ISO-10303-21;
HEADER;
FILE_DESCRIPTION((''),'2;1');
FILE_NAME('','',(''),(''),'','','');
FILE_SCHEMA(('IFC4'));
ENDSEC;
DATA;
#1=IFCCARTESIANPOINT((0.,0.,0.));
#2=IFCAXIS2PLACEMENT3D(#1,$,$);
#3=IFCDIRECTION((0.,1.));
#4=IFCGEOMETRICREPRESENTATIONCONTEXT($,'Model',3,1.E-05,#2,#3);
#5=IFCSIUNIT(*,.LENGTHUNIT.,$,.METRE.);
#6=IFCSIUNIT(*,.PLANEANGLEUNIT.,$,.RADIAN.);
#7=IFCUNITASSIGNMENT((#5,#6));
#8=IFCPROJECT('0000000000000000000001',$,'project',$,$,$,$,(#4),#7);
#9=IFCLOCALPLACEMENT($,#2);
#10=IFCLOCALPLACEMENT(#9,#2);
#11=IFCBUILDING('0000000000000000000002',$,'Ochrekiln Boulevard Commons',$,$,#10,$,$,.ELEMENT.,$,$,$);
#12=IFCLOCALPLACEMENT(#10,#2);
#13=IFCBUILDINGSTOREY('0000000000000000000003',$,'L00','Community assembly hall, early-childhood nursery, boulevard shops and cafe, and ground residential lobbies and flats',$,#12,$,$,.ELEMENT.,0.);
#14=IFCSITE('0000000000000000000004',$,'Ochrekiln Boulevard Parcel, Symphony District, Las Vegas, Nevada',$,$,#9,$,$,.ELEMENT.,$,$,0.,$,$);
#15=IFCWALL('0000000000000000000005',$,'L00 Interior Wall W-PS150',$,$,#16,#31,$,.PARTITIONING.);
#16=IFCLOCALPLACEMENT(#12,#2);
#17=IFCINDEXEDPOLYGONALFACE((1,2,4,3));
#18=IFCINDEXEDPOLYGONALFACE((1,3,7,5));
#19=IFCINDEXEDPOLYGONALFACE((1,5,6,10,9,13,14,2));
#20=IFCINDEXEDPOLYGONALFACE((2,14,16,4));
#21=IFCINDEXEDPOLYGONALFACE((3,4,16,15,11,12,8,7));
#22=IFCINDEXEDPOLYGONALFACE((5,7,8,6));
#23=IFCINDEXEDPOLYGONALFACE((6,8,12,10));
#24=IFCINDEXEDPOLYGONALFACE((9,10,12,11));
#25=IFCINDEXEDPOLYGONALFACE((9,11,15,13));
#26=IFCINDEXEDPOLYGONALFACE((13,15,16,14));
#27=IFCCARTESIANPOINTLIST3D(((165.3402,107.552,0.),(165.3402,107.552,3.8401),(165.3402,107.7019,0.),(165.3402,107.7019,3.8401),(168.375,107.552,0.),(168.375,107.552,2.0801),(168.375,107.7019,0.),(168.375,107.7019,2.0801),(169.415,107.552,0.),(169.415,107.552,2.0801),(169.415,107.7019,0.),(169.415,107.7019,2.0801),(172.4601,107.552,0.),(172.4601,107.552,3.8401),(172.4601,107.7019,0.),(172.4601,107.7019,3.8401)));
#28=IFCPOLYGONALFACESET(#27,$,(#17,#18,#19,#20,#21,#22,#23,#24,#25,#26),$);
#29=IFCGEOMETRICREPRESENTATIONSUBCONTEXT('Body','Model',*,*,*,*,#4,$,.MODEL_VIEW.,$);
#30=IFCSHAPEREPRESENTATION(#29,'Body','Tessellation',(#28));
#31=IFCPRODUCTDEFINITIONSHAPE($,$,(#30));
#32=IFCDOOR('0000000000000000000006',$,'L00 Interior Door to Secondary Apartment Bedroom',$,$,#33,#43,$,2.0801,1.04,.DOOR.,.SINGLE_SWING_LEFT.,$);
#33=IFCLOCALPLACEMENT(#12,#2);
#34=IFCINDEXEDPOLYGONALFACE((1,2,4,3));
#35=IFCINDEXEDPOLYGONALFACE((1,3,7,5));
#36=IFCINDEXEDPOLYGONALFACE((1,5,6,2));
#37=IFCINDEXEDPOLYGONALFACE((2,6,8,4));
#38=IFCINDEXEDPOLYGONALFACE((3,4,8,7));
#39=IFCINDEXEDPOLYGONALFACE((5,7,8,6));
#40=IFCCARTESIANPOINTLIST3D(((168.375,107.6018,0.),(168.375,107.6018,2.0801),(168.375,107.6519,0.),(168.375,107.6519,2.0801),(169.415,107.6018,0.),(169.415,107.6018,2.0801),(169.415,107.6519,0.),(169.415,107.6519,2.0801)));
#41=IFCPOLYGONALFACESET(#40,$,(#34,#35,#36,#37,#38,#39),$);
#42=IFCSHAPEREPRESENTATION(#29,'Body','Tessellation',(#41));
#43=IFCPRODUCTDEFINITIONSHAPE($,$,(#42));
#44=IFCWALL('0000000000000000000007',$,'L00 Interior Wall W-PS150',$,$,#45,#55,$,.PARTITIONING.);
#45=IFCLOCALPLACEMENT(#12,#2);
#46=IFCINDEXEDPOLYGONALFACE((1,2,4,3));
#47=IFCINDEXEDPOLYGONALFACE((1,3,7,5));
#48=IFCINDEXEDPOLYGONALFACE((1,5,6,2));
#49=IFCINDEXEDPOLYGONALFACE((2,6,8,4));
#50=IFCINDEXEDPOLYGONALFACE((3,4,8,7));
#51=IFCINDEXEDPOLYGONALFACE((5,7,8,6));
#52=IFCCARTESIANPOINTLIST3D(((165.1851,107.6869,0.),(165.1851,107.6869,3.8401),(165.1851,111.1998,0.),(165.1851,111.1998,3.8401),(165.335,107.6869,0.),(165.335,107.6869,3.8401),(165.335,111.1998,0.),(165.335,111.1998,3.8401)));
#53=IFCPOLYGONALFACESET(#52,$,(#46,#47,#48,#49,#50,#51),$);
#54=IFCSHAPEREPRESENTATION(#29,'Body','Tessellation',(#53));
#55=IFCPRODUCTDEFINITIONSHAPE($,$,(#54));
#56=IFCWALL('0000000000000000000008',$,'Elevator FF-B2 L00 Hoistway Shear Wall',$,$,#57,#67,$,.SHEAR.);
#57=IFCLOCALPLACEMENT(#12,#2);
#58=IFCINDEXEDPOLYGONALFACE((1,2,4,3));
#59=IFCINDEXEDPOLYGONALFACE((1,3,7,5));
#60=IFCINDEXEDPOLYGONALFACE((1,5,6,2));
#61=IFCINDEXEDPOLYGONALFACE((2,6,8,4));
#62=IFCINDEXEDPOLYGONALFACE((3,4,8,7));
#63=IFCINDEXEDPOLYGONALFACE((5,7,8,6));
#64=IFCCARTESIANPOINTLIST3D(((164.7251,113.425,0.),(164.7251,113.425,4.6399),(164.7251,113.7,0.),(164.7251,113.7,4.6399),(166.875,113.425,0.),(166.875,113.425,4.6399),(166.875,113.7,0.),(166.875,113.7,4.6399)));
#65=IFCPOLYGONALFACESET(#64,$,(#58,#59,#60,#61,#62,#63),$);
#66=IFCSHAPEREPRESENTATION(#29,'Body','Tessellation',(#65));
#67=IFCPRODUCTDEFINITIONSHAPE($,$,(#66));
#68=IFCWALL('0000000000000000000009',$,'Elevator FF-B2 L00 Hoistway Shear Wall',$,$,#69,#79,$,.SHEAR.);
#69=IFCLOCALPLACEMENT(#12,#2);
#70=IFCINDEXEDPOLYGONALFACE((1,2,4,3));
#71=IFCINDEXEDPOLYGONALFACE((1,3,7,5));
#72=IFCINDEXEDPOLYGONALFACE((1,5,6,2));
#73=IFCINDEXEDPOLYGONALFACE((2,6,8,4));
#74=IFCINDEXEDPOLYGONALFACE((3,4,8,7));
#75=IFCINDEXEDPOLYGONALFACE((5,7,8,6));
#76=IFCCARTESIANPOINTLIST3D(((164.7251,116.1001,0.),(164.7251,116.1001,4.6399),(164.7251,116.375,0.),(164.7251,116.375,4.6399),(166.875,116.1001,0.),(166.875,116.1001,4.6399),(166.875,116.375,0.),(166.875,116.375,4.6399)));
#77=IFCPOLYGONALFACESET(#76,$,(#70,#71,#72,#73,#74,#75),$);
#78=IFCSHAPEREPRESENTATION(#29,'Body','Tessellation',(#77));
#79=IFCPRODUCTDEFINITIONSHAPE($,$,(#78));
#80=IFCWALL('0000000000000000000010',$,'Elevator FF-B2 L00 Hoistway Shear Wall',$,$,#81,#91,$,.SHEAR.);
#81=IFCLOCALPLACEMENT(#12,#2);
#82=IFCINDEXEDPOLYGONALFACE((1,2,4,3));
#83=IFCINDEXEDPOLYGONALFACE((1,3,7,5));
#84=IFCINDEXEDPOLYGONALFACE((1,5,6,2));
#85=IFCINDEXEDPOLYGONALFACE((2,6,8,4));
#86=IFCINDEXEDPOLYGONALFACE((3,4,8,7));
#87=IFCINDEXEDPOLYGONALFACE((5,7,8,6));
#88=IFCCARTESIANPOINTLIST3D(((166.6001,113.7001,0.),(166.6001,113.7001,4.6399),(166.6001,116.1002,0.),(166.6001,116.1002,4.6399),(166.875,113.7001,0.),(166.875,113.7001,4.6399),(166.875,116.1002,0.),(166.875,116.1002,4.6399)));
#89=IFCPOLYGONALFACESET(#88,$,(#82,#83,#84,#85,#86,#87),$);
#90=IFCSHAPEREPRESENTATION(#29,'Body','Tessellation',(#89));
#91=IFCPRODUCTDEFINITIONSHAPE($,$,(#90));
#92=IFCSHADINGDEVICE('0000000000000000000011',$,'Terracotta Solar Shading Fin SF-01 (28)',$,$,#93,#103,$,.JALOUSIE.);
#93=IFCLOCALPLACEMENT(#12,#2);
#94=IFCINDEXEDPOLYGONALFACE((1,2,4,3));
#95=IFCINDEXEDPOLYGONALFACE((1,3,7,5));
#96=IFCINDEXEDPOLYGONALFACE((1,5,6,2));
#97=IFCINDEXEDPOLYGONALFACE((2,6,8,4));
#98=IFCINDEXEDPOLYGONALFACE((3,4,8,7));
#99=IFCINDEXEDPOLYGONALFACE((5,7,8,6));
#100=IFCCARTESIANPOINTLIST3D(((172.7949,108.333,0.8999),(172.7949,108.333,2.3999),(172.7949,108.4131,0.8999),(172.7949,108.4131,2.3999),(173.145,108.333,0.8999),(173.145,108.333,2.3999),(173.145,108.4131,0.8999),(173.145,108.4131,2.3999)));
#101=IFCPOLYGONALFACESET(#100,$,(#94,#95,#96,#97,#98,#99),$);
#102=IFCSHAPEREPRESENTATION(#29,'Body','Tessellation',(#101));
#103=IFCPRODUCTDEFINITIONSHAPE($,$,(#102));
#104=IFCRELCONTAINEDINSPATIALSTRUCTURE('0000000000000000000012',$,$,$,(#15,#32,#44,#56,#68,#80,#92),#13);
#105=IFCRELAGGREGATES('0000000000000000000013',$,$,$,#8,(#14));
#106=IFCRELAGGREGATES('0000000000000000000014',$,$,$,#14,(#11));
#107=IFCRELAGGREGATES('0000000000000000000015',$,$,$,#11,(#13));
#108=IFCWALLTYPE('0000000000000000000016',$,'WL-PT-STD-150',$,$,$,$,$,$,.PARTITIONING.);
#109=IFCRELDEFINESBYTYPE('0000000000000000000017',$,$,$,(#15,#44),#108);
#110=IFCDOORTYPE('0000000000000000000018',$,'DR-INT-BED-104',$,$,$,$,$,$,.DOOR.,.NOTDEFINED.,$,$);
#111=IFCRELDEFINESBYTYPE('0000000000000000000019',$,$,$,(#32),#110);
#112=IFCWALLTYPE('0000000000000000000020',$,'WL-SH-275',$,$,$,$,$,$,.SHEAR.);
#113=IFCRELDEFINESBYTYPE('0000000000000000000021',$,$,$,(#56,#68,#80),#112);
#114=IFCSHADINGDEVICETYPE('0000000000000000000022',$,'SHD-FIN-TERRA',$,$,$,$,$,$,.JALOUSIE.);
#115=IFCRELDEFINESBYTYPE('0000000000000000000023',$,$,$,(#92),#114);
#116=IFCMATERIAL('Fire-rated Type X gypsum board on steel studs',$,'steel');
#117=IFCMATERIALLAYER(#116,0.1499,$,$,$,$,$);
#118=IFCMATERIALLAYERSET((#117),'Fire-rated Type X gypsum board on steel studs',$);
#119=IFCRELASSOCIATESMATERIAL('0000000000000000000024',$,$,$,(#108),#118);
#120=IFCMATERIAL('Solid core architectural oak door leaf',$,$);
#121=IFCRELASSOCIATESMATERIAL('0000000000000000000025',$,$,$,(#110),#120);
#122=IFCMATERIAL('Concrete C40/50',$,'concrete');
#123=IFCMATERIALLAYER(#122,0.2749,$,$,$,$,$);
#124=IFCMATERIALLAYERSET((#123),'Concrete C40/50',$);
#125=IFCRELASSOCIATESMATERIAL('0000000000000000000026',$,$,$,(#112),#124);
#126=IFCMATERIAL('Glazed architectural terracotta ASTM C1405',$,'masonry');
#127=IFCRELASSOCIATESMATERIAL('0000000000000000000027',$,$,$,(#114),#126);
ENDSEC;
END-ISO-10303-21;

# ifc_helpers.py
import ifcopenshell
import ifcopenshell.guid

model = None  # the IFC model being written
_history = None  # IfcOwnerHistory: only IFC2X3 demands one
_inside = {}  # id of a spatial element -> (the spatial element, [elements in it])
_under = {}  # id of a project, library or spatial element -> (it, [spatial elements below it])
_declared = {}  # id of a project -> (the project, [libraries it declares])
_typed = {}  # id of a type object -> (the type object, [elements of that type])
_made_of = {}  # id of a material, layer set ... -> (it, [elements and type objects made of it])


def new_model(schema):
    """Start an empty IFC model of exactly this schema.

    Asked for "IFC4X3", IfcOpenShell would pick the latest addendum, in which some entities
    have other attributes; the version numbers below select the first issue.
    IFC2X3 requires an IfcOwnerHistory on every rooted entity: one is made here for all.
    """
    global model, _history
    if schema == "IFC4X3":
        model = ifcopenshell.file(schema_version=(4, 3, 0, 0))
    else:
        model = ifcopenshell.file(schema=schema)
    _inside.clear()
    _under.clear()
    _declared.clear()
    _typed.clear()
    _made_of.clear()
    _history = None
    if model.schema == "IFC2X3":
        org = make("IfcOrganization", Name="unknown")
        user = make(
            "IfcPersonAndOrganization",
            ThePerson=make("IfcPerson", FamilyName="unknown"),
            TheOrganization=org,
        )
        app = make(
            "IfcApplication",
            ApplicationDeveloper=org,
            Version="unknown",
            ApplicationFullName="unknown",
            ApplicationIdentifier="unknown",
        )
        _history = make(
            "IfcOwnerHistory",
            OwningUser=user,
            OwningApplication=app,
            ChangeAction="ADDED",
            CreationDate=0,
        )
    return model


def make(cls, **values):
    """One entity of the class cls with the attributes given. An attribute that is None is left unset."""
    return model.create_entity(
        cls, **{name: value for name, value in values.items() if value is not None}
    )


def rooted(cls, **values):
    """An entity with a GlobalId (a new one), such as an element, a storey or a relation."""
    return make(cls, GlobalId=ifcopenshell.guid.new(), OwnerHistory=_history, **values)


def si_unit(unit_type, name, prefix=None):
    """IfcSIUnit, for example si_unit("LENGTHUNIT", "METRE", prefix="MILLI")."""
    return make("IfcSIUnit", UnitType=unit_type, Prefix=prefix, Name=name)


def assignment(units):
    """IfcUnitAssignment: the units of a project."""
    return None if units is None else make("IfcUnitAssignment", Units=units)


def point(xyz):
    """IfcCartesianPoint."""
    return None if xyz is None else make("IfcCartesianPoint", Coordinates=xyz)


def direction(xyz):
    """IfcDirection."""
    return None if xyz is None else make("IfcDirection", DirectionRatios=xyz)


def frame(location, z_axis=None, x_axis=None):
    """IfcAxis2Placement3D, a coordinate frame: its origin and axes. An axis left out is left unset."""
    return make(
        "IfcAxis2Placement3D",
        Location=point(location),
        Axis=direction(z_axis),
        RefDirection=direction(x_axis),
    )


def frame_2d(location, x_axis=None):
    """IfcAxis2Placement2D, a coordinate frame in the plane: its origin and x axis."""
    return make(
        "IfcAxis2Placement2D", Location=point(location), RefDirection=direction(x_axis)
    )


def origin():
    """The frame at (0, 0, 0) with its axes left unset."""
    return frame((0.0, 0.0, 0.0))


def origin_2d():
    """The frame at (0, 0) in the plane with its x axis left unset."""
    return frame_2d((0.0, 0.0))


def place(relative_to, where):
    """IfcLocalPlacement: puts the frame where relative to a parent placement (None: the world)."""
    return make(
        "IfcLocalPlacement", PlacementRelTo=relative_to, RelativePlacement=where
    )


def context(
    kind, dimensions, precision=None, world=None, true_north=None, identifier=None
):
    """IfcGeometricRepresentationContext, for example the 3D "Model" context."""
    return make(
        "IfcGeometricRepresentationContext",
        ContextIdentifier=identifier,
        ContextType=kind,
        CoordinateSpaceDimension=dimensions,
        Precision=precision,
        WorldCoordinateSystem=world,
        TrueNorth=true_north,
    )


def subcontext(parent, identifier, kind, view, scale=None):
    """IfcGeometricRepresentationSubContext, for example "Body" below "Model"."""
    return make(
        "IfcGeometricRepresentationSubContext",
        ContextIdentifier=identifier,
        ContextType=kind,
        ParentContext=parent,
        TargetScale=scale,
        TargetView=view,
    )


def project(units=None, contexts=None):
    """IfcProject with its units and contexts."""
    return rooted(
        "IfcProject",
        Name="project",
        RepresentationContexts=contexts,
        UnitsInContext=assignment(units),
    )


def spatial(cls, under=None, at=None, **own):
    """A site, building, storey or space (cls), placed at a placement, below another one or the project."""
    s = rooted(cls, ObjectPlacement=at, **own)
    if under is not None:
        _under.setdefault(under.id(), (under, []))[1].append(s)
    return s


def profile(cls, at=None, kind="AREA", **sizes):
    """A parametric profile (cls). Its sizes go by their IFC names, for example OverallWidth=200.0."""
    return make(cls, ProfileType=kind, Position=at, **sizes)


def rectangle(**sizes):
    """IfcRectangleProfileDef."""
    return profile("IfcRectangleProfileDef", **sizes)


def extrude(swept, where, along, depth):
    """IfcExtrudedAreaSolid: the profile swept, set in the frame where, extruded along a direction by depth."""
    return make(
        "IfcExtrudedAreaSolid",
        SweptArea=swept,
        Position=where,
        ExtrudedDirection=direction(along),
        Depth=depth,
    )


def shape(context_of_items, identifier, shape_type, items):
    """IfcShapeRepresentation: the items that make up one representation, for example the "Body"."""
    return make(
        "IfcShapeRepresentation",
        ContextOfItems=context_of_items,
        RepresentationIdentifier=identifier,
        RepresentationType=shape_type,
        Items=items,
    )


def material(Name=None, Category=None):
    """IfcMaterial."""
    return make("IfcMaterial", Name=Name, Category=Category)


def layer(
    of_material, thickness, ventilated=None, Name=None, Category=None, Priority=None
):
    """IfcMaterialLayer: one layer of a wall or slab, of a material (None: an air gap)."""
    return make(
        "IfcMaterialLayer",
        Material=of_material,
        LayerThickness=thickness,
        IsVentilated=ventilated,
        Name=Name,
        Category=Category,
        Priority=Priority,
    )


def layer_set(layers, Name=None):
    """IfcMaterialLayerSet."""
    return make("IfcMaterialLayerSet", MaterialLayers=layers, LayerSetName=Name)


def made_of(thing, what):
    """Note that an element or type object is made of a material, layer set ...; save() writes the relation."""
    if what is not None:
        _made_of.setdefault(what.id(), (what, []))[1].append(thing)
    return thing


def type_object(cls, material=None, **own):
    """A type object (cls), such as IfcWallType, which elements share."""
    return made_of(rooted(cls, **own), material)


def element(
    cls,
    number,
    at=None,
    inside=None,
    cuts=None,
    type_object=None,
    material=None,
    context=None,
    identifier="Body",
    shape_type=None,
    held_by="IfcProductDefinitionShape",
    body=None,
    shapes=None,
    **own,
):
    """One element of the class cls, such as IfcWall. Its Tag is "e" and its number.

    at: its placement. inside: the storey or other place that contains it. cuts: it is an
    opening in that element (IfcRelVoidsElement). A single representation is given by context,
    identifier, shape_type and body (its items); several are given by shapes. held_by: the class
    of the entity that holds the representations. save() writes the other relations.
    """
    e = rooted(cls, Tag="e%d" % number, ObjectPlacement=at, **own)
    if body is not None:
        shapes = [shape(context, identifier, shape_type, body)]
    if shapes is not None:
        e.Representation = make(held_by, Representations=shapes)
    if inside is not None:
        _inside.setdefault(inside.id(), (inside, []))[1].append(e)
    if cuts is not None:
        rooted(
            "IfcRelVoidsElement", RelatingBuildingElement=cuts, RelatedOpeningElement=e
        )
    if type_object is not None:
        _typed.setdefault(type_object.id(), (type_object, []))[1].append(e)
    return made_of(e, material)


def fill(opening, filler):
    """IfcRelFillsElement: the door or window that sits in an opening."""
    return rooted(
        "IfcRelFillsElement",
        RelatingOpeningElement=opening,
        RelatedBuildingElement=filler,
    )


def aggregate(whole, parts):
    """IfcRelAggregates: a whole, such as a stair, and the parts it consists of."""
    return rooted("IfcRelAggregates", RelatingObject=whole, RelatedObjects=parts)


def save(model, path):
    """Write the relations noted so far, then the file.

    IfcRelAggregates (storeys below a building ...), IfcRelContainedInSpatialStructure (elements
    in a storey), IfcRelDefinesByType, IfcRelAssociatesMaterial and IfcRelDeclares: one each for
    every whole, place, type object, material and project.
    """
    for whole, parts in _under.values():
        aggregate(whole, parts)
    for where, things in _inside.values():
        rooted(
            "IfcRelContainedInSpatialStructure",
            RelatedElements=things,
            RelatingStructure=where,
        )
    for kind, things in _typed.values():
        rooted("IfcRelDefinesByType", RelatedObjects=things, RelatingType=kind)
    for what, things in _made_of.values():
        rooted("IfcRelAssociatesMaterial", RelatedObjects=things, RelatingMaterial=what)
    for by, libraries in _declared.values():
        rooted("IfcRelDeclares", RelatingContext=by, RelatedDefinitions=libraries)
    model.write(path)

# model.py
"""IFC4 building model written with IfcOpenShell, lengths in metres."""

from ifc_helpers import new_model, si_unit, direction, frame, frame_2d, origin, origin_2d, place, context, subcontext, project, spatial, rectangle, extrude, material, layer, layer_set, type_object, element, fill, save


model = new_model("IFC4")

# Units and contexts
model_context = context("Model", 3, precision=1e-05, world=origin(), true_north=direction((0.0, 1.0)))
body_context = subcontext(model_context, "Body", "Model", "MODEL_VIEW")
ifc_project = project(units=[si_unit("LENGTHUNIT", "METRE"), si_unit("PLANEANGLEUNIT", "RADIAN")], contexts=[model_context])

# Site, building, storey
site_placement = place(None, origin())
site = spatial("IfcSite", under=ifc_project, at=site_placement, Name="Ochrekiln Boulevard Parcel, Symphony District, Las Vegas, Nevada", CompositionType="ELEMENT", RefElevation=0.0)
building_placement = place(site_placement, origin())
building = spatial("IfcBuilding", under=site, at=building_placement, Name="Ochrekiln Boulevard Commons", CompositionType="ELEMENT")
storey_placement = place(building_placement, origin())
storey = spatial("IfcBuildingStorey", under=building, at=storey_placement, Name="L00", Description="Community assembly hall, early-childhood nursery, boulevard shops and cafe, and ground residential lobbies and flats", CompositionType="ELEMENT", Elevation=0.0)

# Shared definitions
ifc_material_1 = material(Name="Concrete C40/50", Category="concrete")

# Shared definitions
ifc_material_2 = material(Name="Fire-rated Type X gypsum board on steel studs", Category="steel")

# Wall, opening, door
ifc_material_3 = material(Name="Solid core architectural oak door leaf")
ifc_layer_1 = layer(ifc_material_2, 0.1499)
ifc_layer_set_1 = layer_set([ifc_layer_1], Name="Fire-rated Type X gypsum board on steel studs")
wall_type_1 = type_object("IfcWallType", Name="WL-PT-STD-150", PredefinedType="PARTITIONING", material=ifc_layer_set_1)
wall_1_placement = place(storey_placement, frame((165.3401, 107.627, 0.0), z_axis=(0.0, 0.0, 1.0), x_axis=(1.0, 0.0, 0.0)))
wall_1 = element("IfcWall", 1, at=wall_1_placement, inside=storey, type_object=wall_type_1, Name="L00 Interior Wall W-PS150", PredefinedType="PARTITIONING", context=body_context, shape_type="SweptSolid", body=[
    extrude(rectangle(XDim=7.1199, YDim=0.1499, at=frame_2d((3.5601, 0.0))), origin(), (0.0, 0.0, 1.0), 3.8401),
])
opening_1_placement = place(wall_1_placement, frame((3.0349, 0.0, 0.0)))
opening_1 = element("IfcOpeningElement", 2, at=opening_1_placement, cuts=wall_1, PredefinedType="OPENING", context=body_context, shape_type="SweptSolid", body=[
    extrude(rectangle(XDim=1.04, YDim=2.0801, at=frame_2d((0.52, 1.04))), frame((0.0, 0.085, 0.0), z_axis=(0.0, -1.0, 0.0), x_axis=(1.0, 0.0, 0.0)), (0.0, 0.0, 1.0), 0.1699),
])
door_type_1 = type_object("IfcDoorType", Name="DR-INT-BED-104", OperationType="NOTDEFINED", PredefinedType="DOOR", material=ifc_material_3)
door_1_placement = place(opening_1_placement, origin())
door_1 = element("IfcDoor", 3, at=door_1_placement, inside=storey, type_object=door_type_1, Name="L00 Interior Door to Secondary Apartment Bedroom", OperationType="SINGLE_SWING_LEFT", OverallHeight=2.0801, OverallWidth=1.04, PredefinedType="DOOR", context=body_context, shape_type="SweptSolid", body=[
    extrude(rectangle(XDim=1.04, YDim=2.0801, at=frame_2d((0.52, 1.04))), frame((0.0, 0.0249, 0.0), z_axis=(0.0, -1.0, 0.0), x_axis=(1.0, 0.0, 0.0)), (0.0, 0.0, 1.0), 0.05),
])
fill(opening_1, door_1)

# Walls
wall_2_placement = place(storey_placement, frame((165.26, 107.687, 0.0), z_axis=(0.0, 0.0, 1.0), x_axis=(0.0, 1.0, 0.0)))
element("IfcWall", 4, at=wall_2_placement, inside=storey, type_object=wall_type_1, Name="L00 Interior Wall W-PS150", PredefinedType="PARTITIONING", context=body_context, shape_type="SweptSolid", body=[
    extrude(rectangle(XDim=3.5129, YDim=0.1499, at=frame_2d((1.7563, 0.0))), origin(), (0.0, 0.0, 1.0), 3.8401),
])
ifc_layer_2 = layer(ifc_material_1, 0.2749)
ifc_layer_set_2 = layer_set([ifc_layer_2], Name="Concrete C40/50")
wall_type_2 = type_object("IfcWallType", Name="WL-SH-275", PredefinedType="SHEAR", material=ifc_layer_set_2)
for number, where, z_axis, x_axis, name in (
    (5, (164.7251, 113.5625, 0.0), (0.0, 0.0, 1.0), (1.0, 0.0, 0.0), "Elevator FF-B2 L00 Hoistway Shear Wall"),
    (6, (164.7251, 116.2375, 0.0), (0.0, 0.0, 1.0), (1.0, 0.0, 0.0), "Elevator FF-B2 L00 Hoistway Shear Wall"),
):
    element("IfcWall", number, at=place(storey_placement, frame(where, z_axis=z_axis, x_axis=x_axis)), inside=storey, type_object=wall_type_2, Name=name, PredefinedType="SHEAR", context=body_context, shape_type="SweptSolid", body=[
        extrude(rectangle(XDim=2.1499, YDim=0.2749, at=frame_2d((1.075, 0.0))), origin(), (0.0, 0.0, 1.0), 4.6399),
    ])

# Wall
wall_3_placement = place(storey_placement, frame((166.7375, 113.7, 0.0), z_axis=(0.0, 0.0, 1.0), x_axis=(0.0, 1.0, 0.0)))
element("IfcWall", 7, at=wall_3_placement, inside=storey, type_object=wall_type_2, Name="Elevator FF-B2 L00 Hoistway Shear Wall", PredefinedType="SHEAR", context=body_context, shape_type="SweptSolid", body=[
    extrude(rectangle(XDim=2.4001, YDim=0.2749, at=frame_2d((1.2002, 0.0))), origin(), (0.0, 0.0, 1.0), 4.6399),
])

# Shading device
ifc_material_4 = material(Name="Glazed architectural terracotta ASTM C1405", Category="masonry")
shading_device_type = type_object("IfcShadingDeviceType", Name="SHD-FIN-TERRA", PredefinedType="JALOUSIE", material=ifc_material_4)
shading_device_placement = place(storey_placement, frame((172.97, 108.373, 0.8999), z_axis=(0.0, 0.0, 1.0), x_axis=(1.0, 0.0, 0.0)))
element("IfcShadingDevice", 8, at=shading_device_placement, inside=storey, type_object=shading_device_type, Name="Terracotta Solar Shading Fin SF-01 (28)", PredefinedType="JALOUSIE", context=body_context, shape_type="SweptSolid", body=[
    extrude(rectangle(XDim=0.3501, YDim=0.0801, at=origin_2d()), origin(), (0.0, 0.0, 1.0), 1.5),
])

save(model, "model.ifc")
